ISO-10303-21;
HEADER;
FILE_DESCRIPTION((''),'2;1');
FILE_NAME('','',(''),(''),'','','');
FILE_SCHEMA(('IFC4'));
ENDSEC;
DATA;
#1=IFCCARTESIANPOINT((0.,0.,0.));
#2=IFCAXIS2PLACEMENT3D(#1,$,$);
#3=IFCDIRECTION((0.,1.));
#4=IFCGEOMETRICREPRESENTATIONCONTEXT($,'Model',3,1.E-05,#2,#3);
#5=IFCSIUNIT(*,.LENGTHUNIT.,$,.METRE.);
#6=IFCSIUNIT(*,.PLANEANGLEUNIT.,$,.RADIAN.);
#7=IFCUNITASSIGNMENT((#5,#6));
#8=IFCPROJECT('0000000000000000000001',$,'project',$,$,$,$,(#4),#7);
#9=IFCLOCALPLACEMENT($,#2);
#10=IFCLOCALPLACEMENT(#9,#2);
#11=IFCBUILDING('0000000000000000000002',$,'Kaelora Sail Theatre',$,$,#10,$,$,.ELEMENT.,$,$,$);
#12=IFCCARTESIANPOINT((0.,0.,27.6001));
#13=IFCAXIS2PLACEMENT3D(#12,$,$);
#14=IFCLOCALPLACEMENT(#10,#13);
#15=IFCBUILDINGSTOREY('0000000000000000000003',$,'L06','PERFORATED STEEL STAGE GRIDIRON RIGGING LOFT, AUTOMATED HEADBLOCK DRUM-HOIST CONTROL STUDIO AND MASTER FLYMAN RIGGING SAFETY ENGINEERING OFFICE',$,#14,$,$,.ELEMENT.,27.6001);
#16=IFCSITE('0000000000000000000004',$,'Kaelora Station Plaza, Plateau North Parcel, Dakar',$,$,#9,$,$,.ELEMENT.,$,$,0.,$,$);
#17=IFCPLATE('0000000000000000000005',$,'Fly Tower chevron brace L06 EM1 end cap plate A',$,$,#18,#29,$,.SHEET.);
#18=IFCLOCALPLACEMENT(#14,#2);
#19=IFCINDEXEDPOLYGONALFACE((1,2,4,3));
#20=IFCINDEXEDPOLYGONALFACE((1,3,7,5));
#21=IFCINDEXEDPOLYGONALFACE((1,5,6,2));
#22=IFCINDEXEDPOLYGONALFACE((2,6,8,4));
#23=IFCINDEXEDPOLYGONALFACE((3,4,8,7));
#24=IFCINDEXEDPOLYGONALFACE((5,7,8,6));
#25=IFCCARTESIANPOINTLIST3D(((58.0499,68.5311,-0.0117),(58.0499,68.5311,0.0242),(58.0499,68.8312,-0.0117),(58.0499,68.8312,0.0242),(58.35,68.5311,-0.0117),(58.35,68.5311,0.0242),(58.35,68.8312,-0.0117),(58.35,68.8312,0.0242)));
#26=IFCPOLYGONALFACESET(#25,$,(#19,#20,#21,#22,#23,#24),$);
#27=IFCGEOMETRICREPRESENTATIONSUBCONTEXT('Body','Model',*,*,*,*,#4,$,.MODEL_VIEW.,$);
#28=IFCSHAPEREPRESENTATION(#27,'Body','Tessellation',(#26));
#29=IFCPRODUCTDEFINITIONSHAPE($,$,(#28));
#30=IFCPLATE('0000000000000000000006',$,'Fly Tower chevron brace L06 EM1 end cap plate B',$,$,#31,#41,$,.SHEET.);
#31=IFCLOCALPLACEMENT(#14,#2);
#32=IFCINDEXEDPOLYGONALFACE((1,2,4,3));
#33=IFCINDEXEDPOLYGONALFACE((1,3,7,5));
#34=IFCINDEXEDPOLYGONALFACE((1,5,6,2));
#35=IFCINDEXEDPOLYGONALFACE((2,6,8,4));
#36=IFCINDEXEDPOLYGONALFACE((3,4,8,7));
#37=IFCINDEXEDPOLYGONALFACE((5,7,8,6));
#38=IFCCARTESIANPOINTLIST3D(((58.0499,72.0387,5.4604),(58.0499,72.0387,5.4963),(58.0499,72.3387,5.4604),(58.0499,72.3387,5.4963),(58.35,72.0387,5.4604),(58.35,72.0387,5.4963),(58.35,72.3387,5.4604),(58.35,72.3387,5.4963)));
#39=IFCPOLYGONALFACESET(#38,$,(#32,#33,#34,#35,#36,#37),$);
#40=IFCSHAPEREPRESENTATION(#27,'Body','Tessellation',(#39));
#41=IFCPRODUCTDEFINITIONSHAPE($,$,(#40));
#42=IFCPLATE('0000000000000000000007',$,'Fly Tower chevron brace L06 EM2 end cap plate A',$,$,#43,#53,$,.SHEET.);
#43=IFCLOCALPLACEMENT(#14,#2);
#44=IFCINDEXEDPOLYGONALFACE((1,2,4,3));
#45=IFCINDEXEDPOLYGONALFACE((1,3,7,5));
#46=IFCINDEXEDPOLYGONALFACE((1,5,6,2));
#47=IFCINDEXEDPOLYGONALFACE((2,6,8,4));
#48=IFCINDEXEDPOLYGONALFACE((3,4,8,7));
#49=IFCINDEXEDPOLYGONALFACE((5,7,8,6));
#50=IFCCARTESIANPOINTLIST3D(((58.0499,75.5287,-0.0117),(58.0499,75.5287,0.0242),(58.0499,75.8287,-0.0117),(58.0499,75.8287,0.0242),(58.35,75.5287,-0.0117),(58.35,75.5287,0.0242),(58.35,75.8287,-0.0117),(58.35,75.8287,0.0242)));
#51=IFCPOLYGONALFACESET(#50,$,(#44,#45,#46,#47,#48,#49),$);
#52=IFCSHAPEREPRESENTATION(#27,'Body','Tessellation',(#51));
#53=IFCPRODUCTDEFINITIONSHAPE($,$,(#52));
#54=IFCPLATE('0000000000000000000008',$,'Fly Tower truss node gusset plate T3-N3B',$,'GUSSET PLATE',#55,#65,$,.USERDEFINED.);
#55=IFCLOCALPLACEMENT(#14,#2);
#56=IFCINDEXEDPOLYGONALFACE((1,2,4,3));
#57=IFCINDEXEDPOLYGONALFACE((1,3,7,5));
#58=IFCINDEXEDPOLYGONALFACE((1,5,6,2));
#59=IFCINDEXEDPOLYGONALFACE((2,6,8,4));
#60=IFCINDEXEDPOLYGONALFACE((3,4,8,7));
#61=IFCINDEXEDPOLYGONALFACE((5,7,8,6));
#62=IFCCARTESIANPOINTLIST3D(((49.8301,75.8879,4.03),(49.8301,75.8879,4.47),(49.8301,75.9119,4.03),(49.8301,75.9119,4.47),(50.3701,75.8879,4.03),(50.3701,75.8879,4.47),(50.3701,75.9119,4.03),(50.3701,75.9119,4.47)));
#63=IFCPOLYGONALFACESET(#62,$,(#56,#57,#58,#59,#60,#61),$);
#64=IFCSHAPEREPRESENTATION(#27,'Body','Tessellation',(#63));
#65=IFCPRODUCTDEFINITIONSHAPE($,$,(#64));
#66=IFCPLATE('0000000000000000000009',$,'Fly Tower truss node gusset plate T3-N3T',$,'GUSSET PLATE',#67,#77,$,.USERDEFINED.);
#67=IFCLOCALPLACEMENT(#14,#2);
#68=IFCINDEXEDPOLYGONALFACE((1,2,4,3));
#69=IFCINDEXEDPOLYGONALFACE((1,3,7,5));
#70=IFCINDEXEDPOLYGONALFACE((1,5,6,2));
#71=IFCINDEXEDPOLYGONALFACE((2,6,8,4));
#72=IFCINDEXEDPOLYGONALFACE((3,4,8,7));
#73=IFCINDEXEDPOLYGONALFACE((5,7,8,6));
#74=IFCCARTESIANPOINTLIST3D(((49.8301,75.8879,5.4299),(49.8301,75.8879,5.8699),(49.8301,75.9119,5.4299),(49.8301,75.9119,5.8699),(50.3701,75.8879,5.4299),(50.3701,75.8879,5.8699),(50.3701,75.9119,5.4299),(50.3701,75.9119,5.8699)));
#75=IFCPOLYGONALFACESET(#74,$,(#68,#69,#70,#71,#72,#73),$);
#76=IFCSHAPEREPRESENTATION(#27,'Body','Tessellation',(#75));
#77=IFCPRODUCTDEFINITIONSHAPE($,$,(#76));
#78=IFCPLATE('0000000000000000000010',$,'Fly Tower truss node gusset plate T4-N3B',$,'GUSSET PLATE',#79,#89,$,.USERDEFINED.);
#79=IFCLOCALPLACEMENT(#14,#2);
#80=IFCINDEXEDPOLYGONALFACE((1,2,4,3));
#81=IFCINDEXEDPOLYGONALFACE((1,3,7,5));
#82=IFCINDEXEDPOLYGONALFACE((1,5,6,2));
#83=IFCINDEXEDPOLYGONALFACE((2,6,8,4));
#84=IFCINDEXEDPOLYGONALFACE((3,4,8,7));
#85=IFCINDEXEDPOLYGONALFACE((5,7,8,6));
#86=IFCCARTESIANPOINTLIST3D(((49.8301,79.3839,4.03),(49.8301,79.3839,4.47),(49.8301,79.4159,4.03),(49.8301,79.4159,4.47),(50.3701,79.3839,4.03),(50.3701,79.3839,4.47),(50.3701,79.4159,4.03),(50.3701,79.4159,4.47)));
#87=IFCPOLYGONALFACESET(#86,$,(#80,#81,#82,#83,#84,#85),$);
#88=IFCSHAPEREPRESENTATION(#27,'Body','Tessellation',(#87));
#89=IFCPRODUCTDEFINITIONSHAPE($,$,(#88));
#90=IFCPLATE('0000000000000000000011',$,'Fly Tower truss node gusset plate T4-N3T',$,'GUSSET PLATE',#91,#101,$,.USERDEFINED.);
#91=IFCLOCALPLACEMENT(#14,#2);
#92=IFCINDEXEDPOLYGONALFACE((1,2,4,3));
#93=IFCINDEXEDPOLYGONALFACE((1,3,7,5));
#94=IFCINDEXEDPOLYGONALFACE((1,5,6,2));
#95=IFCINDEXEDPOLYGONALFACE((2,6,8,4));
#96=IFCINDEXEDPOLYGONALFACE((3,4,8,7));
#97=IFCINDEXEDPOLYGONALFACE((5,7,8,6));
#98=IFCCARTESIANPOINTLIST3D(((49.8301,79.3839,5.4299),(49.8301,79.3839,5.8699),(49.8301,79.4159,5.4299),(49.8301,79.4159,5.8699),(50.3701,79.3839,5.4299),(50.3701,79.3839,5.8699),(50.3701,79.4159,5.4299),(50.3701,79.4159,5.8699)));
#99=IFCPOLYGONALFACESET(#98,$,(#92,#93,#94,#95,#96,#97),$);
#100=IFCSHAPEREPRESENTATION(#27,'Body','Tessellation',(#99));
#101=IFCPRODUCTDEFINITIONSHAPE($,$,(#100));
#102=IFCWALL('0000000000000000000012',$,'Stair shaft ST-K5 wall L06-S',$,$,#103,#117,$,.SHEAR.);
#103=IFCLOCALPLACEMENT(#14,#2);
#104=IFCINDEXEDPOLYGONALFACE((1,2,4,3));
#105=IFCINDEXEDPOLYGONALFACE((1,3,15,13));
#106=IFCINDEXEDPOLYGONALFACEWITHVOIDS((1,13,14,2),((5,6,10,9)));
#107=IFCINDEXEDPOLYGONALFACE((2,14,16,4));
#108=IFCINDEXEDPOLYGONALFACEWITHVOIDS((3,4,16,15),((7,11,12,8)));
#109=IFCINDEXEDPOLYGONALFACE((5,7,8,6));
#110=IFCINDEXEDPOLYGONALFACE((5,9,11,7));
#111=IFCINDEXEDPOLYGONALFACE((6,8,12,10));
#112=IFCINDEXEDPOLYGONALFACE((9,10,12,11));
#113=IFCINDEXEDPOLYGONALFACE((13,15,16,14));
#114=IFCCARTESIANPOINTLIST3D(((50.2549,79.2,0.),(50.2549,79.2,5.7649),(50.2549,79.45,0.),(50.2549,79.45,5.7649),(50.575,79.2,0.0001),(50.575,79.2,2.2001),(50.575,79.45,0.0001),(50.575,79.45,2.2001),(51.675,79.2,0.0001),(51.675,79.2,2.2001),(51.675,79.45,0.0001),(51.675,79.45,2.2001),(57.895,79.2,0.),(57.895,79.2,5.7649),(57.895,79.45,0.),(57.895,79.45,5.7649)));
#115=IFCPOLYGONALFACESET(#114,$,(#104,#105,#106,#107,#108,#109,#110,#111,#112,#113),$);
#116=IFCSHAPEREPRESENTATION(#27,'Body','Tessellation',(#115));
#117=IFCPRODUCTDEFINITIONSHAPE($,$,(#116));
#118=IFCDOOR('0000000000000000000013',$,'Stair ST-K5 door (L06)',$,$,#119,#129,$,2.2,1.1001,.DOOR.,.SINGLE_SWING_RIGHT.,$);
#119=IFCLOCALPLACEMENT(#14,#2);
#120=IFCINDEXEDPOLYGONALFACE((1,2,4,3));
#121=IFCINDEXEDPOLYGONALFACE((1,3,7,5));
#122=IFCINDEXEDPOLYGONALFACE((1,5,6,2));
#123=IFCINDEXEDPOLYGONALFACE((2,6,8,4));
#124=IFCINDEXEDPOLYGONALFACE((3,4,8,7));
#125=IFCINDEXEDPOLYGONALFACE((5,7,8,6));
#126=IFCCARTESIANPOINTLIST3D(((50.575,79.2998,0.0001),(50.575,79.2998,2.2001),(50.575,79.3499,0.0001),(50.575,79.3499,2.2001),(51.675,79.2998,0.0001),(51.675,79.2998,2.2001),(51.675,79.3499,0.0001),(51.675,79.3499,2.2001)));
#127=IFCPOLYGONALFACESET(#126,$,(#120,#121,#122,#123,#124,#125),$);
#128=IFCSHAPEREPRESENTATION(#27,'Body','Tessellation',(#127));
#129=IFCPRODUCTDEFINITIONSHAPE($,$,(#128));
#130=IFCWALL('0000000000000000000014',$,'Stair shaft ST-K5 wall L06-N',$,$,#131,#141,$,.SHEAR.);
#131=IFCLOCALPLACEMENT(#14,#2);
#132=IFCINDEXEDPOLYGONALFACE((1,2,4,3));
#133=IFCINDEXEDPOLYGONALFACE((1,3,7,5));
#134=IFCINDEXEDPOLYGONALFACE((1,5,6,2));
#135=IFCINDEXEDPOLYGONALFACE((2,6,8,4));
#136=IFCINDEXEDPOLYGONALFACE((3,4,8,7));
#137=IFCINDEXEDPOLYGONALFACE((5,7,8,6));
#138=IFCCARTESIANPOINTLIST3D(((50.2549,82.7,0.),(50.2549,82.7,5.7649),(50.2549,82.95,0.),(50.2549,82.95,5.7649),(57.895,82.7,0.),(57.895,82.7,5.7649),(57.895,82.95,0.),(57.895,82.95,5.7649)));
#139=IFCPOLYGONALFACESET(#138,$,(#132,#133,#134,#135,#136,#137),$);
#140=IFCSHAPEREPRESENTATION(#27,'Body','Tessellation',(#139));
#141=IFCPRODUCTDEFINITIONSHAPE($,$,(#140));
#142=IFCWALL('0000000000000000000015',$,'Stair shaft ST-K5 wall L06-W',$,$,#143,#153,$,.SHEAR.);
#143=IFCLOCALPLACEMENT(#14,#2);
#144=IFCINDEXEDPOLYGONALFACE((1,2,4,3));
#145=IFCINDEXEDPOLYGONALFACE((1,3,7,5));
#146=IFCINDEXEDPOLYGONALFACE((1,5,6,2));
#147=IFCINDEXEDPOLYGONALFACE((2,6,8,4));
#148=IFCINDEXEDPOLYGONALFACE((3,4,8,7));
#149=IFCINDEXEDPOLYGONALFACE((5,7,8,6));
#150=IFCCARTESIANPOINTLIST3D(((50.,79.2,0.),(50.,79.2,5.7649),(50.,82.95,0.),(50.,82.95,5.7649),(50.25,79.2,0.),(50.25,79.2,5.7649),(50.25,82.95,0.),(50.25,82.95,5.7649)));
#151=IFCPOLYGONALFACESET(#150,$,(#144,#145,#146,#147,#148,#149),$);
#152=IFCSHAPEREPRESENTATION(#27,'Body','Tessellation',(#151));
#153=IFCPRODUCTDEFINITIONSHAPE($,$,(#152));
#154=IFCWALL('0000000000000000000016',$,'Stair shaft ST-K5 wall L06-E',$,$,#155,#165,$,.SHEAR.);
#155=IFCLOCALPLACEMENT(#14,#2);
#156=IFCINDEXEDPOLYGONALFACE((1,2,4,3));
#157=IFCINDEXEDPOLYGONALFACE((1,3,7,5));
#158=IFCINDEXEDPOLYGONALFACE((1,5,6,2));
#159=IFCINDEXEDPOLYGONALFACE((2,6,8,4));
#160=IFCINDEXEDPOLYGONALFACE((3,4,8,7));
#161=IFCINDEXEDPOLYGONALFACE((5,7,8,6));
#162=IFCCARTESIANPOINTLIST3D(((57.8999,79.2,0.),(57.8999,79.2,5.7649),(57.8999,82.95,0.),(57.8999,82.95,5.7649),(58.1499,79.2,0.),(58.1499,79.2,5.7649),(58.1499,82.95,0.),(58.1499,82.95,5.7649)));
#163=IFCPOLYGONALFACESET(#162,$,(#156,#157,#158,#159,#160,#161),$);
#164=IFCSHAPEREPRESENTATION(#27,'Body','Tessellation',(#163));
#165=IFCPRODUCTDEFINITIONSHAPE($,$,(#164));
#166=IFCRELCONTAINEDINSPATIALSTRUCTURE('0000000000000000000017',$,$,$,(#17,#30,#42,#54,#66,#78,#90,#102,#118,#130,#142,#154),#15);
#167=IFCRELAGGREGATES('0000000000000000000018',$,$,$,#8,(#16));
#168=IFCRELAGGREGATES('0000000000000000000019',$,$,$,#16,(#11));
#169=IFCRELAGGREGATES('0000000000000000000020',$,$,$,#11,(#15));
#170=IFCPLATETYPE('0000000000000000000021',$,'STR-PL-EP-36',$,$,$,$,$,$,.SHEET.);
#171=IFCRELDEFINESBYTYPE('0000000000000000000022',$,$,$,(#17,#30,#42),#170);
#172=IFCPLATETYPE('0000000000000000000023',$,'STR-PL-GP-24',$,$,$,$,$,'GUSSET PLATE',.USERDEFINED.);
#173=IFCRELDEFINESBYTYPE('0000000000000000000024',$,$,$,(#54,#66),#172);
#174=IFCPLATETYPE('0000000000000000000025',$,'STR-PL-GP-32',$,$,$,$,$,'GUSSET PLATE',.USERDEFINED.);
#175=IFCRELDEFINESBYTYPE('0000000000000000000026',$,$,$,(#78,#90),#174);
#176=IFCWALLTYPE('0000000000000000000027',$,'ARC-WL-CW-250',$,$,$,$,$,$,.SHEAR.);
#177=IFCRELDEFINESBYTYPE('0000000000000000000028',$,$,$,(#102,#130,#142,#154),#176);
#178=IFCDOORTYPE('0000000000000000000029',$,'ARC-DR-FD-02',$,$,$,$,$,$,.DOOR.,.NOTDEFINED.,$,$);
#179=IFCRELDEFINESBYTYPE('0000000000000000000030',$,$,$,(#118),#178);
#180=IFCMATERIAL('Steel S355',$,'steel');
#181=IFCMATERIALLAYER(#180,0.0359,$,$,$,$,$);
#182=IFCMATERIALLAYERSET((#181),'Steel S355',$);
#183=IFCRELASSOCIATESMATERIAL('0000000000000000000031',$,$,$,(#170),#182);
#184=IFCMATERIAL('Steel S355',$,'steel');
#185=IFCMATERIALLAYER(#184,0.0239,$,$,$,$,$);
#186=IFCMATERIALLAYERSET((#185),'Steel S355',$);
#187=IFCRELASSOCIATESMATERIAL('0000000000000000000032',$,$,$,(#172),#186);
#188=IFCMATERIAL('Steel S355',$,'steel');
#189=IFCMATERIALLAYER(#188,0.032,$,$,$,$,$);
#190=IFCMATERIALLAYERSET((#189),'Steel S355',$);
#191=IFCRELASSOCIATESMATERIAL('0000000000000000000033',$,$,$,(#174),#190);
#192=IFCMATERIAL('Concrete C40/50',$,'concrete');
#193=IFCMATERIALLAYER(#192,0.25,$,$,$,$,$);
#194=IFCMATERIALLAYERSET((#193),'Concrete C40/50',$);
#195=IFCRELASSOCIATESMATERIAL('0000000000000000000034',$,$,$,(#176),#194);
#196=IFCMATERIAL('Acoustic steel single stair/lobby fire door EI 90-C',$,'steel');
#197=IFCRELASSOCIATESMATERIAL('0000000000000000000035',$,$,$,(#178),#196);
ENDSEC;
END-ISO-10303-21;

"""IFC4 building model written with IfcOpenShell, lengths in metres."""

from ifc_helpers import new_model, si_unit, direction, frame, frame_2d, origin, origin_2d, place, context, subcontext, project, spatial, rectangle, extrude, material, layer, layer_set, type_object, element, fill, save


model = new_model("IFC4")

# Units and contexts
model_context = context("Model", 3, precision=1e-05, world=origin(), true_north=direction((0.0, 1.0)))
body_context = subcontext(model_context, "Body", "Model", "MODEL_VIEW")
ifc_project = project(units=[si_unit("LENGTHUNIT", "METRE"), si_unit("PLANEANGLEUNIT", "RADIAN")], contexts=[model_context])

# Site, building, storey
site_placement = place(None, origin())
site = spatial("IfcSite", under=ifc_project, at=site_placement, Name="Kaelora Station Plaza, Plateau North Parcel, Dakar", CompositionType="ELEMENT", RefElevation=0.0)
building_placement = place(site_placement, origin())
building = spatial("IfcBuilding", under=site, at=building_placement, Name="Kaelora Sail Theatre", CompositionType="ELEMENT")
storey_placement = place(building_placement, frame((0.0, 0.0, 27.6001)))
storey = spatial("IfcBuildingStorey", under=building, at=storey_placement, Name="L06", Description="PERFORATED STEEL STAGE GRIDIRON RIGGING LOFT, AUTOMATED HEADBLOCK DRUM-HOIST CONTROL STUDIO AND MASTER FLYMAN RIGGING SAFETY ENGINEERING OFFICE", CompositionType="ELEMENT", Elevation=27.6001)

# Plates
ifc_material_1 = material(Name="Steel S355", Category="steel")
ifc_layer_1 = layer(ifc_material_1, 0.0359)
ifc_layer_set_1 = layer_set([ifc_layer_1], Name="Steel S355")
plate_type_1 = type_object("IfcPlateType", Name="STR-PL-EP-36", PredefinedType="SHEET", material=ifc_layer_set_1)
for number, where, z_axis, x_axis, name in (
    (1, (58.2, 68.6812, -0.0117), (0.0, 0.0, 1.0), (1.0, 0.0, 0.0), "Fly Tower chevron brace L06 EM1 end cap plate A"),
    (2, (58.2, 72.1887, 5.4604), (0.0, 0.0, 1.0), (1.0, 0.0, 0.0), "Fly Tower chevron brace L06 EM1 end cap plate B"),
    (3, (58.2, 75.6787, -0.0117), (0.0, 0.0, 1.0), (1.0, 0.0, 0.0), "Fly Tower chevron brace L06 EM2 end cap plate A"),
):
    element("IfcPlate", number, at=place(storey_placement, frame(where, z_axis=z_axis, x_axis=x_axis)), inside=storey, type_object=plate_type_1, Name=name, PredefinedType="SHEET", context=body_context, shape_type="SweptSolid", body=[
        extrude(rectangle(XDim=0.3, YDim=0.3, at=origin_2d()), origin(), (0.0, 0.0, 1.0), 0.0359),
    ])
ifc_material_2 = material(Name="Steel S355", Category="steel")
ifc_layer_2 = layer(ifc_material_2, 0.0239)
ifc_layer_set_2 = layer_set([ifc_layer_2], Name="Steel S355")
plate_type_2 = type_object("IfcPlateType", Name="STR-PL-GP-24", ElementType="GUSSET PLATE", PredefinedType="USERDEFINED", material=ifc_layer_set_2)
for number, where, z_axis, x_axis, name in (
    (4, (50.1001, 75.8999, 4.03), (0.0, 0.0, 1.0), (1.0, 0.0, 0.0), "Fly Tower truss node gusset plate T3-N3B"),
    (5, (50.1001, 75.8999, 5.4299), (0.0, 0.0, 1.0), (1.0, 0.0, 0.0), "Fly Tower truss node gusset plate T3-N3T"),
):
    element("IfcPlate", number, at=place(storey_placement, frame(where, z_axis=z_axis, x_axis=x_axis)), inside=storey, type_object=plate_type_2, Name=name, ObjectType="GUSSET PLATE", PredefinedType="USERDEFINED", context=body_context, shape_type="SweptSolid", body=[
        extrude(rectangle(XDim=0.54, YDim=0.0239, at=origin_2d()), origin(), (0.0, 0.0, 1.0), 0.4399),
    ])
ifc_material_3 = material(Name="Steel S355", Category="steel")
ifc_layer_3 = layer(ifc_material_3, 0.032)
ifc_layer_set_3 = layer_set([ifc_layer_3], Name="Steel S355")
plate_type_3 = type_object("IfcPlateType", Name="STR-PL-GP-32", ElementType="GUSSET PLATE", PredefinedType="USERDEFINED", material=ifc_layer_set_3)
for number, where, z_axis, x_axis, name in (
    (6, (50.1001, 79.3999, 4.03), (0.0, 0.0, 1.0), (1.0, 0.0, 0.0), "Fly Tower truss node gusset plate T4-N3B"),
    (7, (50.1001, 79.3999, 5.4299), (0.0, 0.0, 1.0), (1.0, 0.0, 0.0), "Fly Tower truss node gusset plate T4-N3T"),
):
    element("IfcPlate", number, at=place(storey_placement, frame(where, z_axis=z_axis, x_axis=x_axis)), inside=storey, type_object=plate_type_3, Name=name, ObjectType="GUSSET PLATE", PredefinedType="USERDEFINED", context=body_context, shape_type="SweptSolid", body=[
        extrude(rectangle(XDim=0.54, YDim=0.032, at=origin_2d()), origin(), (0.0, 0.0, 1.0), 0.4399),
    ])

# Wall, opening, door
ifc_material_4 = material(Name="Concrete C40/50", Category="concrete")
ifc_layer_4 = layer(ifc_material_4, 0.25)
ifc_layer_set_4 = layer_set([ifc_layer_4], Name="Concrete C40/50")
wall_type_1 = type_object("IfcWallType", Name="ARC-WL-CW-250", PredefinedType="SHEAR", material=ifc_layer_set_4)
wall_1_placement = place(storey_placement, frame((50.2549, 79.325, 0.0), z_axis=(0.0, 0.0, 1.0), x_axis=(1.0, 0.0, 0.0)))
wall_1 = element("IfcWall", 8, at=wall_1_placement, inside=storey, type_object=wall_type_1, Name="Stair shaft ST-K5 wall L06-S", PredefinedType="SHEAR", context=body_context, shape_type="SweptSolid", body=[
    extrude(rectangle(XDim=7.6401, YDim=0.25, at=frame_2d((3.8201, 0.0))), origin(), (0.0, 0.0, 1.0), 5.7649),
])
opening_1_placement = place(wall_1_placement, frame((0.3201, 0.0, 0.0)))
opening_1 = element("IfcOpeningElement", 9, at=opening_1_placement, cuts=wall_1, PredefinedType="OPENING", context=body_context, shape_type="SweptSolid", body=[
    extrude(rectangle(XDim=1.1001, YDim=2.2, at=frame_2d((0.55, 1.1001))), frame((0.0, 0.135, 0.0), z_axis=(0.0, -1.0, 0.0), x_axis=(1.0, 0.0, 0.0)), (0.0, 0.0, 1.0), 0.27),
])
ifc_material_5 = material(Name="Acoustic steel single stair/lobby fire door EI 90-C", Category="steel")
door_type_1 = type_object("IfcDoorType", Name="ARC-DR-FD-02", OperationType="NOTDEFINED", PredefinedType="DOOR", material=ifc_material_5)
door_1_placement = place(opening_1_placement, origin())
door_1 = element("IfcDoor", 10, at=door_1_placement, inside=storey, type_object=door_type_1, Name="Stair ST-K5 door (L06)", OperationType="SINGLE_SWING_RIGHT", OverallHeight=2.2, OverallWidth=1.1001, PredefinedType="DOOR", context=body_context, shape_type="SweptSolid", body=[
    extrude(rectangle(XDim=1.1001, YDim=2.2, at=frame_2d((0.55, 1.1001))), frame((0.0, 0.0249, 0.0), z_axis=(0.0, -1.0, 0.0), x_axis=(1.0, 0.0, 0.0)), (0.0, 0.0, 1.0), 0.05),
])
fill(opening_1, door_1)

# Walls
wall_2_placement = place(storey_placement, frame((50.2549, 82.825, 0.0), z_axis=(0.0, 0.0, 1.0), x_axis=(1.0, 0.0, 0.0)))
element("IfcWall", 11, at=wall_2_placement, inside=storey, type_object=wall_type_1, Name="Stair shaft ST-K5 wall L06-N", PredefinedType="SHEAR", context=body_context, shape_type="SweptSolid", body=[
    extrude(rectangle(XDim=7.6401, YDim=0.25, at=frame_2d((3.8201, 0.0))), origin(), (0.0, 0.0, 1.0), 5.7649),
])
for number, where, z_axis, x_axis, name in (
    (12, (50.125, 79.2, 0.0), (0.0, 0.0, 1.0), (0.0, 1.0, 0.0), "Stair shaft ST-K5 wall L06-W"),
    (13, (58.0249, 79.2, 0.0), (0.0, 0.0, 1.0), (0.0, 1.0, 0.0), "Stair shaft ST-K5 wall L06-E"),
):
    element("IfcWall", number, at=place(storey_placement, frame(where, z_axis=z_axis, x_axis=x_axis)), inside=storey, type_object=wall_type_1, Name=name, PredefinedType="SHEAR", context=body_context, shape_type="SweptSolid", body=[
        extrude(rectangle(XDim=3.75, YDim=0.25, at=frame_2d((1.875, 0.0))), origin(), (0.0, 0.0, 1.0), 5.7649),
    ])

save(model, "model.ifc")
